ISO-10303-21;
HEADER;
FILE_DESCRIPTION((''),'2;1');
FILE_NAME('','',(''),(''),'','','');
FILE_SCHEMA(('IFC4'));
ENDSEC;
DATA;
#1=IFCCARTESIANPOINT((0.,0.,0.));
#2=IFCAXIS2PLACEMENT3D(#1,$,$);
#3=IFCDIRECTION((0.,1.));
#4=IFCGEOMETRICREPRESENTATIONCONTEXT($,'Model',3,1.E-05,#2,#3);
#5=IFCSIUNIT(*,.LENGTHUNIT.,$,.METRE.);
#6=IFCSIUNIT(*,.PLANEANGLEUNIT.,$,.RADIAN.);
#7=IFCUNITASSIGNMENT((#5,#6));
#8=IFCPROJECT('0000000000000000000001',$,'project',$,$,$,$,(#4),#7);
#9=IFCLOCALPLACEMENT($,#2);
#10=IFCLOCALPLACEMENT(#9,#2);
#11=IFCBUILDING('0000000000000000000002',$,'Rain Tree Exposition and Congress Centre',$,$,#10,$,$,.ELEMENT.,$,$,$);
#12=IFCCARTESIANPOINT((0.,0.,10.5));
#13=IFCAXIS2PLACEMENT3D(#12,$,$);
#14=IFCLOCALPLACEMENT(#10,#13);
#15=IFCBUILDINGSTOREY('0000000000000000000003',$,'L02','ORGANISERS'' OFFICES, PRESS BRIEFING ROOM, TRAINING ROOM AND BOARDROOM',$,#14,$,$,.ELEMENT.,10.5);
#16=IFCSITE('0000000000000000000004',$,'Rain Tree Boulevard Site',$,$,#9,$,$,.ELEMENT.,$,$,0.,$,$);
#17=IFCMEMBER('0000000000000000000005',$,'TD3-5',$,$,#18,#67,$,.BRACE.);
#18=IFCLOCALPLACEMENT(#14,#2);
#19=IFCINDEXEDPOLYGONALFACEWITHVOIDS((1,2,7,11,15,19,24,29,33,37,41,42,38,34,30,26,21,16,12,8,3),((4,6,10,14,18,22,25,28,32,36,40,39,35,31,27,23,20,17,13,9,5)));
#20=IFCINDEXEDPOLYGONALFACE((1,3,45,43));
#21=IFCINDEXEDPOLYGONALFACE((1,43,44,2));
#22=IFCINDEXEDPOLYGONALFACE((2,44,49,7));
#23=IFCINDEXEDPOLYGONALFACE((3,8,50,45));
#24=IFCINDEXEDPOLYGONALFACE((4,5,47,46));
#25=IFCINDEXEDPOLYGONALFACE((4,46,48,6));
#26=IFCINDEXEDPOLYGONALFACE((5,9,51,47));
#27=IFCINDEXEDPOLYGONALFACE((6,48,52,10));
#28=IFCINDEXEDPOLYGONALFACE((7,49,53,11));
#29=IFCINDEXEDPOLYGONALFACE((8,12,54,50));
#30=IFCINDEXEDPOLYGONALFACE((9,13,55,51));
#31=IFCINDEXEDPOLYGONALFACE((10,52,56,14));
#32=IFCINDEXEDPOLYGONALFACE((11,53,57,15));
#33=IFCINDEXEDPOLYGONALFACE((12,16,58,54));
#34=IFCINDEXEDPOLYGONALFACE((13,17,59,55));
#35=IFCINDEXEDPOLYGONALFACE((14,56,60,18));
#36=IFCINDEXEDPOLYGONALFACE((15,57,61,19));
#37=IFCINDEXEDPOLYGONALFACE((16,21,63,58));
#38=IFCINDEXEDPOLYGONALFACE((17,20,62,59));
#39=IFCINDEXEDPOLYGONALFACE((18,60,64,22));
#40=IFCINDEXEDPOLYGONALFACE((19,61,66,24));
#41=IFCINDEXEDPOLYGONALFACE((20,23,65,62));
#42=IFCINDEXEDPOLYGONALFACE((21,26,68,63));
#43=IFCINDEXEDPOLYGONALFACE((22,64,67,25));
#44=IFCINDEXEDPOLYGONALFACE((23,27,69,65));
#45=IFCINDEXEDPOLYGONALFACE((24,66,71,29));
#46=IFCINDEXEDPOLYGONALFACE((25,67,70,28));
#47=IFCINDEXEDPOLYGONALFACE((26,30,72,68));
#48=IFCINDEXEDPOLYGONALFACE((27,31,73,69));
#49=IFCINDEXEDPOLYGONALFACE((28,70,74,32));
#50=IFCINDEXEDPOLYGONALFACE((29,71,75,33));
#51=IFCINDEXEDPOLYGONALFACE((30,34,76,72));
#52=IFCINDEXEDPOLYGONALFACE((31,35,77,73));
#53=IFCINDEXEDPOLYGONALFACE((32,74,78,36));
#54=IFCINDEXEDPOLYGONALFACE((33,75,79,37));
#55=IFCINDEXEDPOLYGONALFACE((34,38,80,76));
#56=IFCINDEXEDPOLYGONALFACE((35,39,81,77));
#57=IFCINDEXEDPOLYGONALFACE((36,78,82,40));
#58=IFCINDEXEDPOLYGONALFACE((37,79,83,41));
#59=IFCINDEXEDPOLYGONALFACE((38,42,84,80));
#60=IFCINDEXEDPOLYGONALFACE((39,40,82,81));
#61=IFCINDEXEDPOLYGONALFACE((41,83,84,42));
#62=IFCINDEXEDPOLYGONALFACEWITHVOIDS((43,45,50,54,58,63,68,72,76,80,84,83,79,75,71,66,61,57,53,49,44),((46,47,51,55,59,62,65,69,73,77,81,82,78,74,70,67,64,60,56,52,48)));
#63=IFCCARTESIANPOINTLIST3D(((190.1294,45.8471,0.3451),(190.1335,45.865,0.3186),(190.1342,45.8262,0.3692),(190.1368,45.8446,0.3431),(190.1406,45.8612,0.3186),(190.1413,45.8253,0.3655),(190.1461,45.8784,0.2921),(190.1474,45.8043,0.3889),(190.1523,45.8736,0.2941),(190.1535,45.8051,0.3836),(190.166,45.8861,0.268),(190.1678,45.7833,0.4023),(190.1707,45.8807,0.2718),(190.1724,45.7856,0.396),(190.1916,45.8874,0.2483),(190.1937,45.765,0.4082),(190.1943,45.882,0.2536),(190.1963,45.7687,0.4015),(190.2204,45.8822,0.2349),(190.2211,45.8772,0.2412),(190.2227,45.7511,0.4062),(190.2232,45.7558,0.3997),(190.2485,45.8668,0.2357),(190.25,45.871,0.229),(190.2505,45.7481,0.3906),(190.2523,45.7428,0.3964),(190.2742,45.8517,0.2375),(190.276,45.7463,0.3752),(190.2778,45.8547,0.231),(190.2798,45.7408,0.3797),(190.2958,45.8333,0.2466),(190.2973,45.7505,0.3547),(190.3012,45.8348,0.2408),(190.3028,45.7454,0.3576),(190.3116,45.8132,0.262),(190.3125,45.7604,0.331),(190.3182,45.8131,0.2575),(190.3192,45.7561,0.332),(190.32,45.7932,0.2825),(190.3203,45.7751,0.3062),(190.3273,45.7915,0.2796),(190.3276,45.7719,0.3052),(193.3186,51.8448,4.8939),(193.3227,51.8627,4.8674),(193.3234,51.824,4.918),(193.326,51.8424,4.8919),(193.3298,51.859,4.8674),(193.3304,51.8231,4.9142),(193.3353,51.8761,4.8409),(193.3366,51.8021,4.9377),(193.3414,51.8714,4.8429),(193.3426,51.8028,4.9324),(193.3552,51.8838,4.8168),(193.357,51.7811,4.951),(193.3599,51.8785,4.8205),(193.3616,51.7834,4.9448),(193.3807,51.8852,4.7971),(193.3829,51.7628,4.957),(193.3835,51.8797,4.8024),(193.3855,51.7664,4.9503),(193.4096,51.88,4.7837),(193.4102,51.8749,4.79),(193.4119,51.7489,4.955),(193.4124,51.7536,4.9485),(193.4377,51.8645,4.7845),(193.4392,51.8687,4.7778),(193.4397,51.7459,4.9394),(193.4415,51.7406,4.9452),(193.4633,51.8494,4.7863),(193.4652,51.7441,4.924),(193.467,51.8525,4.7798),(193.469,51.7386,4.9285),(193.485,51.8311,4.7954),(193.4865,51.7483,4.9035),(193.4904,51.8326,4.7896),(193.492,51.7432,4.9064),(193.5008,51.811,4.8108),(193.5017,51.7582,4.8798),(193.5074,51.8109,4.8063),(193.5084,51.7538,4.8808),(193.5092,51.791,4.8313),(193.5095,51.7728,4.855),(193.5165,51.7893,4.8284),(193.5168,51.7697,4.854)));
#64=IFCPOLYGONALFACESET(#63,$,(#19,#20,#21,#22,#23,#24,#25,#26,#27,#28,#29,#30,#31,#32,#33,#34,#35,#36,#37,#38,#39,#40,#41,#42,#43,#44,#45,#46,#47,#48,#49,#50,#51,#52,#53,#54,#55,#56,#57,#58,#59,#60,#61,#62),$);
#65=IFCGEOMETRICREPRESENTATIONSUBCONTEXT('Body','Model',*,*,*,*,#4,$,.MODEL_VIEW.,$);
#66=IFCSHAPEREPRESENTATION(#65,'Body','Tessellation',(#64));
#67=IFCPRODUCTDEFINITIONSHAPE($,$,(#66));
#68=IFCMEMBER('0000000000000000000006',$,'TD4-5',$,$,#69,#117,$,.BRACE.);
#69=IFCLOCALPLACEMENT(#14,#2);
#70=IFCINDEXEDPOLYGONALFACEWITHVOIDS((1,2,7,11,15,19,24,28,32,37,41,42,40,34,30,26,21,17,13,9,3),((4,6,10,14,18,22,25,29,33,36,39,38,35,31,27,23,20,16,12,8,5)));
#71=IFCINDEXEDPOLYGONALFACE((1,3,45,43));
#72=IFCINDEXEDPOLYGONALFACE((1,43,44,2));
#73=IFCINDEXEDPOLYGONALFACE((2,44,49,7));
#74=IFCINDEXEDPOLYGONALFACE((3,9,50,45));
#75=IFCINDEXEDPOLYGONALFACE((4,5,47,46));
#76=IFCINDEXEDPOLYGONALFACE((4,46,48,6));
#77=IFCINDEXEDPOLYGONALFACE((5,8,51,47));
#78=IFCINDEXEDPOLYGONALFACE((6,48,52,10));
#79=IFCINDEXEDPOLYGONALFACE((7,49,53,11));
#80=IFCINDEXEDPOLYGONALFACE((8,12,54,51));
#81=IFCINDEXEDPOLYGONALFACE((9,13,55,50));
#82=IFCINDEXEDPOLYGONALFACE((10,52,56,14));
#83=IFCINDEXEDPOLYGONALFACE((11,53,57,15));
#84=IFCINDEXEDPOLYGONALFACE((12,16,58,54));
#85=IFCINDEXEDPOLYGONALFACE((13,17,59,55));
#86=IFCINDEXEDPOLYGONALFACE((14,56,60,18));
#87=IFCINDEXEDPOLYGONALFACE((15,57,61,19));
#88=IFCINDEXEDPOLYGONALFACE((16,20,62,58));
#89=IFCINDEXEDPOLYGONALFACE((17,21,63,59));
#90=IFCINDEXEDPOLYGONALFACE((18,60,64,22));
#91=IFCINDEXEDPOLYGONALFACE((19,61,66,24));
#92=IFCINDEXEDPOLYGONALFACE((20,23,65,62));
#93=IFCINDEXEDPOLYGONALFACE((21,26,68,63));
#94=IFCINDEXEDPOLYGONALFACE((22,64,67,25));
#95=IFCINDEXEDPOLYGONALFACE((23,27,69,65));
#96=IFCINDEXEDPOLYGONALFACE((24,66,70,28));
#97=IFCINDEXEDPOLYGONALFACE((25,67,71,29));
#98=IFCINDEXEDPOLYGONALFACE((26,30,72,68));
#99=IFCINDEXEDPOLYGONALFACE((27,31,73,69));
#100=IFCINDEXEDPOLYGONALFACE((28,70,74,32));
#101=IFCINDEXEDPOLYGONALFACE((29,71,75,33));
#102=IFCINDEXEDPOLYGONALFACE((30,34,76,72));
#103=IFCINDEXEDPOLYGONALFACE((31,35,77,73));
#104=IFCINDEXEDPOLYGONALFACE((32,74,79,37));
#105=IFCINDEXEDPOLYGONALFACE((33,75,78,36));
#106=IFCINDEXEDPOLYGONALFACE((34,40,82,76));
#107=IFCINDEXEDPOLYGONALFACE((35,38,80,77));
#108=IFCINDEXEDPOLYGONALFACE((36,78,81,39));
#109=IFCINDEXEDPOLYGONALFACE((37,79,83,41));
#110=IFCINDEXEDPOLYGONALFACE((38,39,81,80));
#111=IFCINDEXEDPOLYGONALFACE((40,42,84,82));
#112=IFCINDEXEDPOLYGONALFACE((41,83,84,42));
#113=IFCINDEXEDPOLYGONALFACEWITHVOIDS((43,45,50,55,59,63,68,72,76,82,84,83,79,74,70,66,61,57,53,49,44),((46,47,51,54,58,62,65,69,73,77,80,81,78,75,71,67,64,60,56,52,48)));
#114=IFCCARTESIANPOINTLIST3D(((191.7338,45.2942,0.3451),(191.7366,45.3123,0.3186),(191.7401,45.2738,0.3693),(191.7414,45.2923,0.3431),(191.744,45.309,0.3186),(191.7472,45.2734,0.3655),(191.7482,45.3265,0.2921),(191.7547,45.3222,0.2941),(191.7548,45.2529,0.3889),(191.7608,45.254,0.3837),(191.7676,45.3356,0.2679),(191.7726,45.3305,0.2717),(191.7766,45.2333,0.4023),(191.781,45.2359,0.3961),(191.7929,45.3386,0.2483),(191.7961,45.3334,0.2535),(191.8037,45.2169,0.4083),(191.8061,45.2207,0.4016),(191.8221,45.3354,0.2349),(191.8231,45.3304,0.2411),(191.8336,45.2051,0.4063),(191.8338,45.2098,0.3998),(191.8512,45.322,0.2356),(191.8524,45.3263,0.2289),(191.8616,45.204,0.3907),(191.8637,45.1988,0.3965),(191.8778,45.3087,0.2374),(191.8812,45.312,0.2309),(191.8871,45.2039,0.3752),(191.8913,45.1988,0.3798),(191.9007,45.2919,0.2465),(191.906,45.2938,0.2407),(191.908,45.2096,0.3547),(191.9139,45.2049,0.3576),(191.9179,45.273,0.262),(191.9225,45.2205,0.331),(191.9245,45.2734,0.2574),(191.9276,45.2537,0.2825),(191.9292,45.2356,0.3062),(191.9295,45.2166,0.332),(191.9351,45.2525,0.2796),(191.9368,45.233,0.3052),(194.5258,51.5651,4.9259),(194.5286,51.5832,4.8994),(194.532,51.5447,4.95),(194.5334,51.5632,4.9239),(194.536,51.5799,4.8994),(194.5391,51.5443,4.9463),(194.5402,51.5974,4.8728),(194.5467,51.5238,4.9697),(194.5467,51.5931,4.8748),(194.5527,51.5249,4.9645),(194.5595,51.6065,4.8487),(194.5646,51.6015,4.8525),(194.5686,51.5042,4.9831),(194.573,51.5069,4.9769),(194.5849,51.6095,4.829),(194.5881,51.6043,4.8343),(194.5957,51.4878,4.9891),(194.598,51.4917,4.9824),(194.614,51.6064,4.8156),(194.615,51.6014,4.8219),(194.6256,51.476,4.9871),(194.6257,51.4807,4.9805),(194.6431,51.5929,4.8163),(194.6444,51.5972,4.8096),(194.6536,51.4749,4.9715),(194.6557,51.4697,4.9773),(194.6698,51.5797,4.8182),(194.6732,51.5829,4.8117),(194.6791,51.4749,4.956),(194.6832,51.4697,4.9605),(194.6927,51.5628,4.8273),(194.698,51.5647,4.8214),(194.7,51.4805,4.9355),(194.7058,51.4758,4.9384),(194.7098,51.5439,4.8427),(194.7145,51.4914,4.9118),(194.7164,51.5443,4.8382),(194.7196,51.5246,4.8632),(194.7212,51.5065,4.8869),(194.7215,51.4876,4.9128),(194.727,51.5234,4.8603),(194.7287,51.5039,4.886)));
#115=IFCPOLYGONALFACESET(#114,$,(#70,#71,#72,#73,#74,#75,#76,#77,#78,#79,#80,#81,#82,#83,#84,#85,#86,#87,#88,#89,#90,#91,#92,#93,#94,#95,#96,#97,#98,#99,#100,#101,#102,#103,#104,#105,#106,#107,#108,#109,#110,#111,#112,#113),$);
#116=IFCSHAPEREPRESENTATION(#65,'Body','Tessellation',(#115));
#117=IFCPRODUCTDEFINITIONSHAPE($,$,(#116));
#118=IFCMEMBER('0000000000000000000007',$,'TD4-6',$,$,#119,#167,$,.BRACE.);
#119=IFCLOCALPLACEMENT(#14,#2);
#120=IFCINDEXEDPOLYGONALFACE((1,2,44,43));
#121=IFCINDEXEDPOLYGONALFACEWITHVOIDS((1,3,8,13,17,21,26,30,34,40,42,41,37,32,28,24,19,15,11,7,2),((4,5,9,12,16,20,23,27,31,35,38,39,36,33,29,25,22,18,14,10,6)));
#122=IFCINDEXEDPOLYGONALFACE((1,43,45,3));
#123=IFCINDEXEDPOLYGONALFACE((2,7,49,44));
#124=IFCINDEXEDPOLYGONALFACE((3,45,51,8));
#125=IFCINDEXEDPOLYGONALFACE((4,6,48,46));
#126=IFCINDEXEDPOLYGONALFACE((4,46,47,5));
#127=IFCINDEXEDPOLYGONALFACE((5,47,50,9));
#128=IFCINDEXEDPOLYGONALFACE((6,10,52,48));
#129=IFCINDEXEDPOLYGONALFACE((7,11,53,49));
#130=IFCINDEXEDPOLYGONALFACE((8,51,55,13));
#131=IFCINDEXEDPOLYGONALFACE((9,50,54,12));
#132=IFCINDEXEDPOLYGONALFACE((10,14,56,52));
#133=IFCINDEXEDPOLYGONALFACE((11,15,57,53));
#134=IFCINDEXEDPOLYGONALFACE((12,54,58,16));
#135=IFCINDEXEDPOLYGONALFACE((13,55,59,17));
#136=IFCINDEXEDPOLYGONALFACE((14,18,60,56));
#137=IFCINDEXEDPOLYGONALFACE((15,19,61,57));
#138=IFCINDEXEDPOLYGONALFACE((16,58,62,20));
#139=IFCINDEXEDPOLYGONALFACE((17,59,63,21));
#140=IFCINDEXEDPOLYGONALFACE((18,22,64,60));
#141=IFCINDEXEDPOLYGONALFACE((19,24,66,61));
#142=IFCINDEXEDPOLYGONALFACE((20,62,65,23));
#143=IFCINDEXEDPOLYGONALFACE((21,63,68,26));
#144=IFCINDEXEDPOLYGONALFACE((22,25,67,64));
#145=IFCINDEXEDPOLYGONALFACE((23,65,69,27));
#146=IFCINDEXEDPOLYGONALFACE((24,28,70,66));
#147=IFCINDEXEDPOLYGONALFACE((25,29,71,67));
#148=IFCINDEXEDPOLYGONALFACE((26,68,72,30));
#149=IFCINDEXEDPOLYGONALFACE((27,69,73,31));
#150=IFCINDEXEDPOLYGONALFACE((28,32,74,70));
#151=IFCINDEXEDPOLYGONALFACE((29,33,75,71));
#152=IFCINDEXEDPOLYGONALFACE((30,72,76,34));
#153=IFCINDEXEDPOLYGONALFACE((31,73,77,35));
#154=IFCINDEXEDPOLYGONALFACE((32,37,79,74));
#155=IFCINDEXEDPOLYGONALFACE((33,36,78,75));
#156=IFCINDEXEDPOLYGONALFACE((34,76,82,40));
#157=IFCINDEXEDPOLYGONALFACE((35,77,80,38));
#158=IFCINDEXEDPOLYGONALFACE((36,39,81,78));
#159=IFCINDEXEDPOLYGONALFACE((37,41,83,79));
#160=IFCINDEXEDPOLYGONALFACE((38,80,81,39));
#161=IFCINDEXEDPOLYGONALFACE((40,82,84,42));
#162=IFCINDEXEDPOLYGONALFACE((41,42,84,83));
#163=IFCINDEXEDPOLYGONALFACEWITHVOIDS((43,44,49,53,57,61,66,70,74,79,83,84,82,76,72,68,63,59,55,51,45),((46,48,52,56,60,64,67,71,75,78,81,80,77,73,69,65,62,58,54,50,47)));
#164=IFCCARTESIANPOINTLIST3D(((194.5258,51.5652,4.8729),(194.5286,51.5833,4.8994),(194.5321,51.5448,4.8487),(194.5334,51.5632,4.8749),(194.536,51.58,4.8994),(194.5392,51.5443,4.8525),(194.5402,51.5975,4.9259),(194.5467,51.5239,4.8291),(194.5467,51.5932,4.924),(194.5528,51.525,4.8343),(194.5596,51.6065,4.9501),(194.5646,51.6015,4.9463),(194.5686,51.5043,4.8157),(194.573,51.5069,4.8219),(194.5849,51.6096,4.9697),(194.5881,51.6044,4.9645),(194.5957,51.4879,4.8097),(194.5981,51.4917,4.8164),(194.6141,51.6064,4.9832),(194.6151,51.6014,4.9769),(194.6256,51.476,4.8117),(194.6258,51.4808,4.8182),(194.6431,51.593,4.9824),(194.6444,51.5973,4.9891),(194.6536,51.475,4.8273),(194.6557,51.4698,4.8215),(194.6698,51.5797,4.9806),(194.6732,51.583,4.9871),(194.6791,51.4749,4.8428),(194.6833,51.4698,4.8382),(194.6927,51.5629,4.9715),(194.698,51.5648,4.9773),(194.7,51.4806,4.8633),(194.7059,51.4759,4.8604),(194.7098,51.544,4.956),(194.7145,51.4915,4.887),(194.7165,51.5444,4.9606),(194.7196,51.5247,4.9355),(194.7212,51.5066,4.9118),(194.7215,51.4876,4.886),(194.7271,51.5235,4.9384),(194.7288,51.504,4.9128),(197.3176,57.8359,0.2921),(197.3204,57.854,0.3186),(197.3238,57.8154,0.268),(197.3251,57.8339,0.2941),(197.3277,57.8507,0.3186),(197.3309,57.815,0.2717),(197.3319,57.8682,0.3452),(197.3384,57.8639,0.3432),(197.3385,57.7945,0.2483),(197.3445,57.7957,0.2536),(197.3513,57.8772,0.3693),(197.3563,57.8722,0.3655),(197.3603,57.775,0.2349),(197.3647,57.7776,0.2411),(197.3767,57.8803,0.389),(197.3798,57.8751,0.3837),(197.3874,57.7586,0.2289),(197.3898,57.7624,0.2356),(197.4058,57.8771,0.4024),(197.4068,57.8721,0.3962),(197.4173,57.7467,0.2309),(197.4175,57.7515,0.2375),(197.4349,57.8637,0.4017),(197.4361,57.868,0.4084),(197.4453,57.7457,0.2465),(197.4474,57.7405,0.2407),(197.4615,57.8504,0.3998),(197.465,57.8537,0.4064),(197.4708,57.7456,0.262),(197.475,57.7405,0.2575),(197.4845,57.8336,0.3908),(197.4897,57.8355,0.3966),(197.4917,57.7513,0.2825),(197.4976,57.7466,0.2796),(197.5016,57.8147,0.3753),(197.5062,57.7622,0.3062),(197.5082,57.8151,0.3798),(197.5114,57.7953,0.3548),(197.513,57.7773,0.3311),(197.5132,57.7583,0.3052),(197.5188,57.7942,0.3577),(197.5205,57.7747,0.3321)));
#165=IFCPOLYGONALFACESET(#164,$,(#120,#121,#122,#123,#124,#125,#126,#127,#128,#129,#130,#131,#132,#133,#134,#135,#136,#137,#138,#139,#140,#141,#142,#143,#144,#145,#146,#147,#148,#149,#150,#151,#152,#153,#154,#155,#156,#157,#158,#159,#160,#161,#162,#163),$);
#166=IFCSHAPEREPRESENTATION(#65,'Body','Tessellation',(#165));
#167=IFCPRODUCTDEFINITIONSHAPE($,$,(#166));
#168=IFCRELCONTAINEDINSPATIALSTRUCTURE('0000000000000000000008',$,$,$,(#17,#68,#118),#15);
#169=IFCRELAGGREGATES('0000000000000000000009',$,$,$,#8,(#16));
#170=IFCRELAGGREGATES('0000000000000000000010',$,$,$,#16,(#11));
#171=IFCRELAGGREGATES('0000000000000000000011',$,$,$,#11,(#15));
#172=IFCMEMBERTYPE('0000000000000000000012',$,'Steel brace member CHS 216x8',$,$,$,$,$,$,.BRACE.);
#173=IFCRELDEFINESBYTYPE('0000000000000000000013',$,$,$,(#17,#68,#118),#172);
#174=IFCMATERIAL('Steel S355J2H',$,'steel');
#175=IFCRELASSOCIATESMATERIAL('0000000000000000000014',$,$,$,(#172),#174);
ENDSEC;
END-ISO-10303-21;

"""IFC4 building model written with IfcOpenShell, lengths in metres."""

from ifc_helpers import new_model, si_unit, direction, frame, origin, origin_2d, place, context, subcontext, project, spatial, hollow_circle, extrude, material, material_profile, profile_set, type_object, element, save


model = new_model("IFC4")

# Units and contexts
model_context = context("Model", 3, precision=1e-05, world=origin(), true_north=direction((0.0, 1.0)))
body_context = subcontext(model_context, "Body", "Model", "MODEL_VIEW")
ifc_project = project(units=[si_unit("LENGTHUNIT", "METRE"), si_unit("PLANEANGLEUNIT", "RADIAN")], contexts=[model_context])

# Site, building, storey
site_placement = place(None, origin())
site = spatial("IfcSite", under=ifc_project, at=site_placement, Name="Rain Tree Boulevard Site", CompositionType="ELEMENT", RefElevation=0.0)
building_placement = place(site_placement, origin())
building = spatial("IfcBuilding", under=site, at=building_placement, Name="Rain Tree Exposition and Congress Centre", CompositionType="ELEMENT")
storey_placement = place(building_placement, frame((0.0, 0.0, 10.5)))
storey = spatial("IfcBuildingStorey", under=building, at=storey_placement, Name="L02", Description="ORGANISERS' OFFICES, PRESS BRIEFING ROOM, TRAINING ROOM AND BOARDROOM", CompositionType="ELEMENT", Elevation=10.5)

# Members
ifc_material_1 = material(Name="Steel S355J2H", Category="steel")
ifc_material_profile_1 = material_profile(ifc_material_1, hollow_circle(Radius=0.1082, WallThickness=0.0081, at=origin_2d()), Name="CHS 216x8")
ifc_profile_set_1 = profile_set([ifc_material_profile_1], Name="Steel S355J2H")
member_type_1 = type_object("IfcMemberType", Name="Steel brace member CHS 216x8", PredefinedType="BRACE", material=ifc_profile_set_1)
member_1_placement = place(storey_placement, frame((190.229, 45.8142, 0.3186), z_axis=(0.3901, 0.733644, 0.556407), x_axis=(-0.88294, 0.469485, 0.0)))
element("IfcMember", 1, at=member_1_placement, inside=storey, type_object=member_type_1, Name="TD3-5", PredefinedType="BRACE", context=body_context, shape_type="SweptSolid", body=[
    extrude(hollow_circle(Radius=0.1082, WallThickness=0.0081, at=origin_2d()), origin(), (0.0, 0.0, 1.0), 8.1753),
])
member_2_placement = place(storey_placement, frame((191.8354, 45.2683, 0.3186), z_axis=(0.338319, 0.759887, 0.555079), x_axis=(-0.913547, 0.406732, 0.0)))
element("IfcMember", 2, at=member_2_placement, inside=storey, type_object=member_type_1, Name="TD4-5", PredefinedType="BRACE", context=body_context, shape_type="SweptSolid", body=[
    extrude(hollow_circle(Radius=0.1082, WallThickness=0.0081, at=origin_2d()), origin(), (0.0, 0.0, 1.0), 8.2524),
])
member_3_placement = place(storey_placement, frame((194.6274, 51.5393, 4.8994), z_axis=(0.3383, 0.759882, -0.555097), x_axis=(-0.913555, 0.406716, 0.0)))
element("IfcMember", 3, at=member_3_placement, inside=storey, type_object=member_type_1, Name="TD4-6", PredefinedType="BRACE", context=body_context, shape_type="SweptSolid", body=[
    extrude(hollow_circle(Radius=0.1082, WallThickness=0.0081, at=origin_2d()), origin(), (0.0, 0.0, 1.0), 8.2522),
])

save(model, "model.ifc")
